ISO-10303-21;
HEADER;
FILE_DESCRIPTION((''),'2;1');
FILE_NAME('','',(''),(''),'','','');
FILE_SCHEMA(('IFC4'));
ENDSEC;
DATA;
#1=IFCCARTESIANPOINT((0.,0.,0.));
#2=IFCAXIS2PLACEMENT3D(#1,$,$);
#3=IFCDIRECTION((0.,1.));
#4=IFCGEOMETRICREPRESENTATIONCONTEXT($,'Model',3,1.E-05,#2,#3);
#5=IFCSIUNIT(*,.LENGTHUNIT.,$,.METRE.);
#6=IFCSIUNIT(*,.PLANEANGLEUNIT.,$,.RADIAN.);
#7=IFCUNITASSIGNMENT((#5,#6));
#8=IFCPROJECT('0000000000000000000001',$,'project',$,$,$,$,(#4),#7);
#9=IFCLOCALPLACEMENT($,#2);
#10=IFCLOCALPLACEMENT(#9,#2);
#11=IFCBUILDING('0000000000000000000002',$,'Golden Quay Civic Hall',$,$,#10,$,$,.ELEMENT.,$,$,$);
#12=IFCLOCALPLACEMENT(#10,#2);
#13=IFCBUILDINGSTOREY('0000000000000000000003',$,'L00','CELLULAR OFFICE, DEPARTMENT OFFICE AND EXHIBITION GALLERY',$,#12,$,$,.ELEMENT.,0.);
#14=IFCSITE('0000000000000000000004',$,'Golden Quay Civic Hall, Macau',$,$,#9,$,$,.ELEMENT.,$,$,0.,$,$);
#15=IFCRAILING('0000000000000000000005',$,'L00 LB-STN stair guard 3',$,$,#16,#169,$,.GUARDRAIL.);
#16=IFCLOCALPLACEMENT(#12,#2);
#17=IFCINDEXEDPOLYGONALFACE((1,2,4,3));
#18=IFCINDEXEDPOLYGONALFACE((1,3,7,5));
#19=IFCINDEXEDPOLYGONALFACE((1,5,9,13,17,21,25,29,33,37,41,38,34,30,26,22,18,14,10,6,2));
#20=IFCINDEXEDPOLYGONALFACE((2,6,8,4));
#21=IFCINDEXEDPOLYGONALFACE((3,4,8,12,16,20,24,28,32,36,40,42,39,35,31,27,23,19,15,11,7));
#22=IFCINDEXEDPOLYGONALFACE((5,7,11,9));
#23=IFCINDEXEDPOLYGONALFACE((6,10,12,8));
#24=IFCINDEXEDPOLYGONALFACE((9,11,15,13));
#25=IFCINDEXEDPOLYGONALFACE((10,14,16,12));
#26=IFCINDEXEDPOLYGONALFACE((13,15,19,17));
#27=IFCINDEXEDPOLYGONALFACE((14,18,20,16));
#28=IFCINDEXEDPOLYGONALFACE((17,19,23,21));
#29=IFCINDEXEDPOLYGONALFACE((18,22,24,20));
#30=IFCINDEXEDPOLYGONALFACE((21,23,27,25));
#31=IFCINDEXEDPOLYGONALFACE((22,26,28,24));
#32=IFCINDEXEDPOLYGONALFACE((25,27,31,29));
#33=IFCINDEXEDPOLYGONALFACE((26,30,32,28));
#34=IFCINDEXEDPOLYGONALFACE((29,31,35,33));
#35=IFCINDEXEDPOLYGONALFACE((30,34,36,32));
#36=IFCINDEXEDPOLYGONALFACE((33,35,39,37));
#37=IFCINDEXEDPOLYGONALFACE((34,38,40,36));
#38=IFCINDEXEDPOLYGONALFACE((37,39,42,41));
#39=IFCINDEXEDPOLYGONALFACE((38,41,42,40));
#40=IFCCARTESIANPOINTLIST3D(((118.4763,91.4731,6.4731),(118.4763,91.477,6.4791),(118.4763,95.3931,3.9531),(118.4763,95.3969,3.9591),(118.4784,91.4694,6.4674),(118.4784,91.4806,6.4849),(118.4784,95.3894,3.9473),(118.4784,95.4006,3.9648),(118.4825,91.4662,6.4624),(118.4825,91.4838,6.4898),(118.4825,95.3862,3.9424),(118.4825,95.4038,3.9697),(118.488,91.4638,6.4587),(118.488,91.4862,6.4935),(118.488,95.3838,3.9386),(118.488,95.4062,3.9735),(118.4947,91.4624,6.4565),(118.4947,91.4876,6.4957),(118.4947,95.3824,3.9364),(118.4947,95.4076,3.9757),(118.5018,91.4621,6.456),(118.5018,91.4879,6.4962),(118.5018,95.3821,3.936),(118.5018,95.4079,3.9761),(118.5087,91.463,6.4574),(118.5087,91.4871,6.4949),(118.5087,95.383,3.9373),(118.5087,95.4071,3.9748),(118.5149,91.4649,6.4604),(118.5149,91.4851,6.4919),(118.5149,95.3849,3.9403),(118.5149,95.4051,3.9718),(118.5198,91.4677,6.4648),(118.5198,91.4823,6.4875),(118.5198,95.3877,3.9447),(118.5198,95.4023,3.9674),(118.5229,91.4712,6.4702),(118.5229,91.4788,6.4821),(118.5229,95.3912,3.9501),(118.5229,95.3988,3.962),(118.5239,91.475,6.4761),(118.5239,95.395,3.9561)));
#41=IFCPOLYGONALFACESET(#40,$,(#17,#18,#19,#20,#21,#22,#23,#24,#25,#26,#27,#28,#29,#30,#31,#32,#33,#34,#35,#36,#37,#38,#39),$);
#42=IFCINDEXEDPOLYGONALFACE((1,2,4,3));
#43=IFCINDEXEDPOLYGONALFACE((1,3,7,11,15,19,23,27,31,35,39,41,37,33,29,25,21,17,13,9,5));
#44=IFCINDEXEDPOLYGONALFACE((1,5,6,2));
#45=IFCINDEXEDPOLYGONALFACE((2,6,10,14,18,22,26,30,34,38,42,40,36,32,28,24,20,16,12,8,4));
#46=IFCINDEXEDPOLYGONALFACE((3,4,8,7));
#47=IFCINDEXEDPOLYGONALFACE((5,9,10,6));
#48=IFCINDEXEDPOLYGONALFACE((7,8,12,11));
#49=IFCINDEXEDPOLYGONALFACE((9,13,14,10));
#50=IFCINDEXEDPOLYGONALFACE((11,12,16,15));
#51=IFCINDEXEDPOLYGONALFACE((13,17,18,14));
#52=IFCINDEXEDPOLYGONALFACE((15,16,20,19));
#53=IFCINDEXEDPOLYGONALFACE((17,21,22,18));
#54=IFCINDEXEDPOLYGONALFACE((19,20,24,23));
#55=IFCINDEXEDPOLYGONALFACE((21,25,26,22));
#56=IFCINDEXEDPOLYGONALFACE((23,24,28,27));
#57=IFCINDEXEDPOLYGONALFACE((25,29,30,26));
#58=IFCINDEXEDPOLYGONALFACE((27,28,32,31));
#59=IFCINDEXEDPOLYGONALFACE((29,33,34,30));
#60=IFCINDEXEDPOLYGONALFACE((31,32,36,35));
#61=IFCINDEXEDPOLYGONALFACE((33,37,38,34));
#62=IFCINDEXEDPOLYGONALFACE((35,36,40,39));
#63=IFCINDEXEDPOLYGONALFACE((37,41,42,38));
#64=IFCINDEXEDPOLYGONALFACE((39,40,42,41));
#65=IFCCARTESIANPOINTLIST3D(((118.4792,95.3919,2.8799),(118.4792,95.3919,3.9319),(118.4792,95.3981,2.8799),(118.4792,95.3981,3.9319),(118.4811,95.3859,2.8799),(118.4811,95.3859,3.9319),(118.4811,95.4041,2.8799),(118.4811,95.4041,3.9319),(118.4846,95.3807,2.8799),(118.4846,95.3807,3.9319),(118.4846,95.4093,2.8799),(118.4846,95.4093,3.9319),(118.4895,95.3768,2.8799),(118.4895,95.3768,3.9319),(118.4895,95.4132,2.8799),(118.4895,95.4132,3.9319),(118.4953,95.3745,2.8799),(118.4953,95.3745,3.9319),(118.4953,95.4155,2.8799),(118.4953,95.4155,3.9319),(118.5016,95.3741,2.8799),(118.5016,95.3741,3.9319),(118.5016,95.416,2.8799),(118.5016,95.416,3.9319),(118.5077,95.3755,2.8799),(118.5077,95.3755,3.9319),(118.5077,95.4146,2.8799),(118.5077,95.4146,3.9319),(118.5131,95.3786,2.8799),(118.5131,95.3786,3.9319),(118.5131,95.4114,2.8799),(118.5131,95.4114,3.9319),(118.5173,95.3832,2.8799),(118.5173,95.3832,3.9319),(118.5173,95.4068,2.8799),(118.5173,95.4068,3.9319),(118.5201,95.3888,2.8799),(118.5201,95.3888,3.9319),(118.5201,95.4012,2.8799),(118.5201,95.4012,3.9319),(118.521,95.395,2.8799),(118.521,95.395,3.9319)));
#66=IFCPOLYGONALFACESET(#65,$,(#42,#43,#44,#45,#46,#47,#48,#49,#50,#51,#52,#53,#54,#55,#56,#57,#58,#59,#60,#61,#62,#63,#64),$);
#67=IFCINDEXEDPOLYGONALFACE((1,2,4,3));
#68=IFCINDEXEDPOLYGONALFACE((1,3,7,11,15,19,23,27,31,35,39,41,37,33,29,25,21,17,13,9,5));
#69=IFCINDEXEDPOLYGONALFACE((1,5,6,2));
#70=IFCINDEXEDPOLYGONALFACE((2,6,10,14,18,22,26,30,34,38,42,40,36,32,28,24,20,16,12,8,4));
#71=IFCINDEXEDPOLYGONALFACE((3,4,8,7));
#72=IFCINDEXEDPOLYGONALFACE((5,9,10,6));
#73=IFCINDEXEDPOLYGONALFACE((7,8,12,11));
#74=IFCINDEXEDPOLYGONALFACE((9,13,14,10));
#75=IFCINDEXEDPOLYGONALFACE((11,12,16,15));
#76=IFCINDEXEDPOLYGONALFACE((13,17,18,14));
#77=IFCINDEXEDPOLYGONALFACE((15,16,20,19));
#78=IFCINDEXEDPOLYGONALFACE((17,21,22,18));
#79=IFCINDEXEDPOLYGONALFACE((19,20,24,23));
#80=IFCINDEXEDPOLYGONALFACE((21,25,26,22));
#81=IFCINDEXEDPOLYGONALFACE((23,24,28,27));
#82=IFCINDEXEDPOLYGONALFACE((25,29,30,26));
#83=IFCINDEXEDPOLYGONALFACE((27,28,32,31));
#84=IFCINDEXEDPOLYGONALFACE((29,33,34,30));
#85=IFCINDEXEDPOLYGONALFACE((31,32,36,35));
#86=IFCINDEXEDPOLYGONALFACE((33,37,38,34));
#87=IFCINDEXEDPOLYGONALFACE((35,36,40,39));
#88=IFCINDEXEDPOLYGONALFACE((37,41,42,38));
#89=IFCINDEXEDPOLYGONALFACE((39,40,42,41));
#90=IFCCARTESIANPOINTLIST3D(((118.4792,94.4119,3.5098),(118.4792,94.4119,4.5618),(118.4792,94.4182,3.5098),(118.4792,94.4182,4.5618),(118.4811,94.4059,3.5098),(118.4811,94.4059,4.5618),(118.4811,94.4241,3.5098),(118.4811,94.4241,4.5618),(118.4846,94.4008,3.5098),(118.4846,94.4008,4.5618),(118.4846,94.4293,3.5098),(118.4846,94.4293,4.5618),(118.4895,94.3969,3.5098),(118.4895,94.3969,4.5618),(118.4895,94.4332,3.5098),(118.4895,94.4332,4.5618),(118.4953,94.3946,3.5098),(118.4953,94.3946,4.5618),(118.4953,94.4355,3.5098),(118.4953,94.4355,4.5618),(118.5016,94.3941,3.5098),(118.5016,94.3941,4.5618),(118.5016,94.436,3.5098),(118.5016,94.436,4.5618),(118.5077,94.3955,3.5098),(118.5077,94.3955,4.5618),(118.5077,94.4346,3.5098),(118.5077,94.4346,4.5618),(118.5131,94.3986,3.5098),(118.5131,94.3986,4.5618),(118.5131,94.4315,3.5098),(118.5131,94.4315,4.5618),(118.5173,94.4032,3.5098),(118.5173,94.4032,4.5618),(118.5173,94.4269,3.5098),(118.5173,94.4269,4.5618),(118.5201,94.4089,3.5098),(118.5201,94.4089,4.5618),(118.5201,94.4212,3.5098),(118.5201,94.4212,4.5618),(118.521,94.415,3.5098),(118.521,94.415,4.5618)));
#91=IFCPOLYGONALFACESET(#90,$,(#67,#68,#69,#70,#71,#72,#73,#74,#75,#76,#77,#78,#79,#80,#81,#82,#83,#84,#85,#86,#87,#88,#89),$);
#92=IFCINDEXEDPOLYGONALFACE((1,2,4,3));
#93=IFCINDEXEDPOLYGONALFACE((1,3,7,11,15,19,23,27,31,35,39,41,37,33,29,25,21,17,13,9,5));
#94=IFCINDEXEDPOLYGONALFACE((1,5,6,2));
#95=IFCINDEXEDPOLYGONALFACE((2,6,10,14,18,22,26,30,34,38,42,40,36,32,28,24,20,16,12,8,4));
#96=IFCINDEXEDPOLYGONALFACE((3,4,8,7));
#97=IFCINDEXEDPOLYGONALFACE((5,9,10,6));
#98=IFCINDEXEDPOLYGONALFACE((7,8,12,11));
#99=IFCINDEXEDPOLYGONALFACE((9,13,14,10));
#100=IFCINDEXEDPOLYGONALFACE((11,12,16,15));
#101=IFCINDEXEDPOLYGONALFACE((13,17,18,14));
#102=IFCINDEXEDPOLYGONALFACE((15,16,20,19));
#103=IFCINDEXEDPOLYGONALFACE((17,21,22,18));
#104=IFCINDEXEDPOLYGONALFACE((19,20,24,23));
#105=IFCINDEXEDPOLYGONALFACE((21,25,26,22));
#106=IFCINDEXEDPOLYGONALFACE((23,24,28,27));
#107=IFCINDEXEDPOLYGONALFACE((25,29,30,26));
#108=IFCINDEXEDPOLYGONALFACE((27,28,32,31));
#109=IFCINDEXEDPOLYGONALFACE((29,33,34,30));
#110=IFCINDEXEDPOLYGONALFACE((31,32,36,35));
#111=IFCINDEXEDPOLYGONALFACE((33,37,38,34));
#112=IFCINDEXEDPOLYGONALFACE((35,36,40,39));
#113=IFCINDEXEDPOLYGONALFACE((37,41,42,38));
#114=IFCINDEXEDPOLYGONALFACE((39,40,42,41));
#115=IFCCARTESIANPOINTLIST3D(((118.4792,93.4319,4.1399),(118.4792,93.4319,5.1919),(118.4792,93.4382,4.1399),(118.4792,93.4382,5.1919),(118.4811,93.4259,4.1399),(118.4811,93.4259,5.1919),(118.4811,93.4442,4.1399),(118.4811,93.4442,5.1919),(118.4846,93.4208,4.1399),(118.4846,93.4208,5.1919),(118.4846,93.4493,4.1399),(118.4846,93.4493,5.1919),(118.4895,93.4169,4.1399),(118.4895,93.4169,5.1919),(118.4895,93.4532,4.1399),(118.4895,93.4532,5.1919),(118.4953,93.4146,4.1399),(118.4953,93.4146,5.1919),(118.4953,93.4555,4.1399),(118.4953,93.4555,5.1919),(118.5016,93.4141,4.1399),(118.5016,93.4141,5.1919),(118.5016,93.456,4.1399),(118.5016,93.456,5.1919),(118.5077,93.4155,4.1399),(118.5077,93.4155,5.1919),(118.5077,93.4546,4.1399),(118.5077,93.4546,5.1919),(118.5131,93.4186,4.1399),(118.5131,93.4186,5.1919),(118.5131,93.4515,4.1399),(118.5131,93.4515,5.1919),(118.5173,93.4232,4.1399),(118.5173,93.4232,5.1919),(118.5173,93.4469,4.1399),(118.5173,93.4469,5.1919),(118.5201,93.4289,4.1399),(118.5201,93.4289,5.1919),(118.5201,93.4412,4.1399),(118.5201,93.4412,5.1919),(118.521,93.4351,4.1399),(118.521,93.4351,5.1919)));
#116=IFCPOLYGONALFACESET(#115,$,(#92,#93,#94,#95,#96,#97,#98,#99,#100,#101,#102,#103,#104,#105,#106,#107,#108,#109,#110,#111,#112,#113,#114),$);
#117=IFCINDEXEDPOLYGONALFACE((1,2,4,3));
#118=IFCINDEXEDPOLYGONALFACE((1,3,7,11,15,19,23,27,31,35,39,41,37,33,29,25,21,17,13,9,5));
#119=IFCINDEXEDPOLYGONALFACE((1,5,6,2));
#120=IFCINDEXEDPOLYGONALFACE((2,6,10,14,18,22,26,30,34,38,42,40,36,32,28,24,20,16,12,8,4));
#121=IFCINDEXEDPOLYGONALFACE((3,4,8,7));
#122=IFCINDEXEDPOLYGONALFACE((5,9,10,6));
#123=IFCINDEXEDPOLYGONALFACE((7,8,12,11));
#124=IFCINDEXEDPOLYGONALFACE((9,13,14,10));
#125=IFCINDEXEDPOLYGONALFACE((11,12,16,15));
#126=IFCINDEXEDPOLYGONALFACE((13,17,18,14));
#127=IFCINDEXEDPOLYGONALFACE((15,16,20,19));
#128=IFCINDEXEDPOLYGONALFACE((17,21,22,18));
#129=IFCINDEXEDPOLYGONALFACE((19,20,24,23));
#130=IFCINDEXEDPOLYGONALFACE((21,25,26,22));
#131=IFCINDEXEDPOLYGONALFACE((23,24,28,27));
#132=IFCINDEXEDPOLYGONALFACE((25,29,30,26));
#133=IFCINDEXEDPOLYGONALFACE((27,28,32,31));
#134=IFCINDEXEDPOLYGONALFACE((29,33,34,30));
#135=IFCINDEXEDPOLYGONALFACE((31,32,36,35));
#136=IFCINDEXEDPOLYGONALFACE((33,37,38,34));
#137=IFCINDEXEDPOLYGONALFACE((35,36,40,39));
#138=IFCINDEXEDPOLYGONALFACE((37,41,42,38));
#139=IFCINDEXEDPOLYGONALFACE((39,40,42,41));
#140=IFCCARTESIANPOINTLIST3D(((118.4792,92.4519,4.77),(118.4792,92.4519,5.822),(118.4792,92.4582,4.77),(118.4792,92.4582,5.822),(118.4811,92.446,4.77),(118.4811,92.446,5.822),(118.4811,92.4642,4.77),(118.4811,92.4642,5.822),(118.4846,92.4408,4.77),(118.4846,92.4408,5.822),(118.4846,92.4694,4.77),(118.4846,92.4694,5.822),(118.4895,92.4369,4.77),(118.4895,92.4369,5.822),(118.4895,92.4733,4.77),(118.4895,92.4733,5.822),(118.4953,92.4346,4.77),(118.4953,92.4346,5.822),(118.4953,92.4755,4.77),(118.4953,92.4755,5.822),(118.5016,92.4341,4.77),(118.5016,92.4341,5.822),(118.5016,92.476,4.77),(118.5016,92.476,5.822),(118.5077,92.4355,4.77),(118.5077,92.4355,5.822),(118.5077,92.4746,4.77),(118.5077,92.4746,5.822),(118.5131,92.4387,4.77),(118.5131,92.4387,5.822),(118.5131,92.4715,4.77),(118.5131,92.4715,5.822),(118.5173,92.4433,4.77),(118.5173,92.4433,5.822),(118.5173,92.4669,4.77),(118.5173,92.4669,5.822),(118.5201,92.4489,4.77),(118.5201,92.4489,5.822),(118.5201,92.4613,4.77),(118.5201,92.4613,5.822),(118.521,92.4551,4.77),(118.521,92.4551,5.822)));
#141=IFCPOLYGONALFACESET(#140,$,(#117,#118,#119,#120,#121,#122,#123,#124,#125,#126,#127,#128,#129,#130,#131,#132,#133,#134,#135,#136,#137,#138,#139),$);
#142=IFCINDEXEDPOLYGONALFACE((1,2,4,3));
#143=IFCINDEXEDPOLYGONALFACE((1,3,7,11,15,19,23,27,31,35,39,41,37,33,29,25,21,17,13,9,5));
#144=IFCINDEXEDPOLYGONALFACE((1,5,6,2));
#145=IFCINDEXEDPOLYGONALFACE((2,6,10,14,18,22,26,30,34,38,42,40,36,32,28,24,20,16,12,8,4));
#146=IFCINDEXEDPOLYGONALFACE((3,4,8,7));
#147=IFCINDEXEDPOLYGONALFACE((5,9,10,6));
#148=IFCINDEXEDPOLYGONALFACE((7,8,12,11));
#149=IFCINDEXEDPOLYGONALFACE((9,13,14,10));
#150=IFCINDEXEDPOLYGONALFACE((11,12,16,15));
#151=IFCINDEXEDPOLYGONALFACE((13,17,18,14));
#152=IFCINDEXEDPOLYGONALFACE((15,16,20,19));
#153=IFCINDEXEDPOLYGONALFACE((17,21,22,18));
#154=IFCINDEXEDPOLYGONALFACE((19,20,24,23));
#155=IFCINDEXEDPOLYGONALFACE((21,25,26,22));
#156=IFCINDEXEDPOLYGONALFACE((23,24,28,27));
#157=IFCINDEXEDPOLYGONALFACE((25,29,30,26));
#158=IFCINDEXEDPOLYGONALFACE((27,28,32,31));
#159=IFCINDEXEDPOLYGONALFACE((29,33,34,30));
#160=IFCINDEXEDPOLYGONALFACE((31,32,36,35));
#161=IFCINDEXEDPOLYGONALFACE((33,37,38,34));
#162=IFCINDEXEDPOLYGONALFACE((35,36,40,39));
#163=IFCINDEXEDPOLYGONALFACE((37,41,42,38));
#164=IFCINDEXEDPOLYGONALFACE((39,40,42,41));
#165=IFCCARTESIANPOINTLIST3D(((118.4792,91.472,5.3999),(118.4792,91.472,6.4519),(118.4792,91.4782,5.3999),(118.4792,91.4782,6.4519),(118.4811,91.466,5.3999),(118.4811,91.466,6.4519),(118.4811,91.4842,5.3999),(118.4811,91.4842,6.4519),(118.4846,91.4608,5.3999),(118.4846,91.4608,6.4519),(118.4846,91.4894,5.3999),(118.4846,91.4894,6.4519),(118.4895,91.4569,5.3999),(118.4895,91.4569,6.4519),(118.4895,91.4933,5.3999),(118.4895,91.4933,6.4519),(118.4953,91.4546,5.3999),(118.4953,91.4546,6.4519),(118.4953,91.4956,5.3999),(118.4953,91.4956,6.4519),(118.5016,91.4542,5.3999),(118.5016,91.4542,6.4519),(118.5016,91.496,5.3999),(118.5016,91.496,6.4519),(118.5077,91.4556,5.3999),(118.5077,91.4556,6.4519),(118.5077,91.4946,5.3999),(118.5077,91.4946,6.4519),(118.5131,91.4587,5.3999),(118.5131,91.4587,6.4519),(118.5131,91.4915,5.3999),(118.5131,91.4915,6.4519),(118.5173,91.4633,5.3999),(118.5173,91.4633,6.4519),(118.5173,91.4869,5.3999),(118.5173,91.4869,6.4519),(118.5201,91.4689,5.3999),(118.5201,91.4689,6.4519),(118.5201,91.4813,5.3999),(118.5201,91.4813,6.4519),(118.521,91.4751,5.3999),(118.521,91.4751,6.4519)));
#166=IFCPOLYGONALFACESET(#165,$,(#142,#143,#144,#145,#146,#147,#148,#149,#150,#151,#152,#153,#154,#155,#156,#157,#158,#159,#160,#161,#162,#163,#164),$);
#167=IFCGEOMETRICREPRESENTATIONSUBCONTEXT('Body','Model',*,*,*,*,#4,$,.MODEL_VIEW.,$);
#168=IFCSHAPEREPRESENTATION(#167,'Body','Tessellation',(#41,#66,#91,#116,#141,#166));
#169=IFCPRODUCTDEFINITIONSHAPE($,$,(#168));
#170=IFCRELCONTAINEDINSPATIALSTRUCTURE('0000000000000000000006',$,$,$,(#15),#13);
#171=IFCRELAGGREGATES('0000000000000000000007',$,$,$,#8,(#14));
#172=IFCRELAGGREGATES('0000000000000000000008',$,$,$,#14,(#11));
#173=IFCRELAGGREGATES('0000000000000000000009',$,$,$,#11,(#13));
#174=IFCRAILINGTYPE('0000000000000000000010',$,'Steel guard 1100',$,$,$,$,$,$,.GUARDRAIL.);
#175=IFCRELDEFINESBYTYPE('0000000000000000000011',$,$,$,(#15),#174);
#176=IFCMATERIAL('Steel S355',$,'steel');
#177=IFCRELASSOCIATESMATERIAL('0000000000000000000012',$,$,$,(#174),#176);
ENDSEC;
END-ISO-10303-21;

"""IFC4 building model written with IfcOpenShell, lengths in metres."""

from ifc_helpers import new_model, si_unit, direction, frame, origin, origin_2d, place, context, subcontext, project, spatial, circle, extrude, material, type_object, element, save


model = new_model("IFC4")

# Units and contexts
model_context = context("Model", 3, precision=1e-05, world=origin(), true_north=direction((0.0, 1.0)))
body_context = subcontext(model_context, "Body", "Model", "MODEL_VIEW")
ifc_project = project(units=[si_unit("LENGTHUNIT", "METRE"), si_unit("PLANEANGLEUNIT", "RADIAN")], contexts=[model_context])

# Site, building, storey
site_placement = place(None, origin())
site = spatial("IfcSite", under=ifc_project, at=site_placement, Name="Golden Quay Civic Hall, Macau", CompositionType="ELEMENT", RefElevation=0.0)
building_placement = place(site_placement, origin())
building = spatial("IfcBuilding", under=site, at=building_placement, Name="Golden Quay Civic Hall", CompositionType="ELEMENT")
storey_placement = place(building_placement, origin())
storey = spatial("IfcBuildingStorey", under=building, at=storey_placement, Name="L00", Description="CELLULAR OFFICE, DEPARTMENT OFFICE AND EXHIBITION GALLERY", CompositionType="ELEMENT", Elevation=0.0)

# Railing
ifc_material_1 = material(Name="Steel S355", Category="steel")
railing_type_1 = type_object("IfcRailingType", Name="Steel guard 1100", PredefinedType="GUARDRAIL", material=ifc_material_1)
railing_1_placement = place(storey_placement, frame((118.5, 95.395, 2.8799)))
element("IfcRailing", 1, at=railing_1_placement, inside=storey, type_object=railing_type_1, Name="L00 LB-STN stair guard 3", PredefinedType="GUARDRAIL", context=body_context, shape_type="SweptSolid", body=[
    extrude(circle(Radius=0.0239, at=origin_2d()), frame((0.0, 0.0, 1.0762), z_axis=(0.0, -0.841172, 0.540768), x_axis=(1.0, 0.0, 0.0)), (0.0, 0.0, 1.0), 4.6602),
    extrude(circle(Radius=0.021, at=origin_2d()), origin(), (0.0, 0.0, 1.0), 1.052),
    extrude(circle(Radius=0.021, at=origin_2d()), frame((0.0, -0.98, 0.6299)), (0.0, 0.0, 1.0), 1.052),
    extrude(circle(Radius=0.021, at=origin_2d()), frame((0.0, -1.96, 1.26)), (0.0, 0.0, 1.0), 1.052),
    extrude(circle(Radius=0.021, at=origin_2d()), frame((0.0, -2.9399, 1.8901)), (0.0, 0.0, 1.0), 1.052),
    extrude(circle(Radius=0.021, at=origin_2d()), frame((0.0, -3.9199, 2.52)), (0.0, 0.0, 1.0), 1.052),
])

save(model, "model.ifc")
